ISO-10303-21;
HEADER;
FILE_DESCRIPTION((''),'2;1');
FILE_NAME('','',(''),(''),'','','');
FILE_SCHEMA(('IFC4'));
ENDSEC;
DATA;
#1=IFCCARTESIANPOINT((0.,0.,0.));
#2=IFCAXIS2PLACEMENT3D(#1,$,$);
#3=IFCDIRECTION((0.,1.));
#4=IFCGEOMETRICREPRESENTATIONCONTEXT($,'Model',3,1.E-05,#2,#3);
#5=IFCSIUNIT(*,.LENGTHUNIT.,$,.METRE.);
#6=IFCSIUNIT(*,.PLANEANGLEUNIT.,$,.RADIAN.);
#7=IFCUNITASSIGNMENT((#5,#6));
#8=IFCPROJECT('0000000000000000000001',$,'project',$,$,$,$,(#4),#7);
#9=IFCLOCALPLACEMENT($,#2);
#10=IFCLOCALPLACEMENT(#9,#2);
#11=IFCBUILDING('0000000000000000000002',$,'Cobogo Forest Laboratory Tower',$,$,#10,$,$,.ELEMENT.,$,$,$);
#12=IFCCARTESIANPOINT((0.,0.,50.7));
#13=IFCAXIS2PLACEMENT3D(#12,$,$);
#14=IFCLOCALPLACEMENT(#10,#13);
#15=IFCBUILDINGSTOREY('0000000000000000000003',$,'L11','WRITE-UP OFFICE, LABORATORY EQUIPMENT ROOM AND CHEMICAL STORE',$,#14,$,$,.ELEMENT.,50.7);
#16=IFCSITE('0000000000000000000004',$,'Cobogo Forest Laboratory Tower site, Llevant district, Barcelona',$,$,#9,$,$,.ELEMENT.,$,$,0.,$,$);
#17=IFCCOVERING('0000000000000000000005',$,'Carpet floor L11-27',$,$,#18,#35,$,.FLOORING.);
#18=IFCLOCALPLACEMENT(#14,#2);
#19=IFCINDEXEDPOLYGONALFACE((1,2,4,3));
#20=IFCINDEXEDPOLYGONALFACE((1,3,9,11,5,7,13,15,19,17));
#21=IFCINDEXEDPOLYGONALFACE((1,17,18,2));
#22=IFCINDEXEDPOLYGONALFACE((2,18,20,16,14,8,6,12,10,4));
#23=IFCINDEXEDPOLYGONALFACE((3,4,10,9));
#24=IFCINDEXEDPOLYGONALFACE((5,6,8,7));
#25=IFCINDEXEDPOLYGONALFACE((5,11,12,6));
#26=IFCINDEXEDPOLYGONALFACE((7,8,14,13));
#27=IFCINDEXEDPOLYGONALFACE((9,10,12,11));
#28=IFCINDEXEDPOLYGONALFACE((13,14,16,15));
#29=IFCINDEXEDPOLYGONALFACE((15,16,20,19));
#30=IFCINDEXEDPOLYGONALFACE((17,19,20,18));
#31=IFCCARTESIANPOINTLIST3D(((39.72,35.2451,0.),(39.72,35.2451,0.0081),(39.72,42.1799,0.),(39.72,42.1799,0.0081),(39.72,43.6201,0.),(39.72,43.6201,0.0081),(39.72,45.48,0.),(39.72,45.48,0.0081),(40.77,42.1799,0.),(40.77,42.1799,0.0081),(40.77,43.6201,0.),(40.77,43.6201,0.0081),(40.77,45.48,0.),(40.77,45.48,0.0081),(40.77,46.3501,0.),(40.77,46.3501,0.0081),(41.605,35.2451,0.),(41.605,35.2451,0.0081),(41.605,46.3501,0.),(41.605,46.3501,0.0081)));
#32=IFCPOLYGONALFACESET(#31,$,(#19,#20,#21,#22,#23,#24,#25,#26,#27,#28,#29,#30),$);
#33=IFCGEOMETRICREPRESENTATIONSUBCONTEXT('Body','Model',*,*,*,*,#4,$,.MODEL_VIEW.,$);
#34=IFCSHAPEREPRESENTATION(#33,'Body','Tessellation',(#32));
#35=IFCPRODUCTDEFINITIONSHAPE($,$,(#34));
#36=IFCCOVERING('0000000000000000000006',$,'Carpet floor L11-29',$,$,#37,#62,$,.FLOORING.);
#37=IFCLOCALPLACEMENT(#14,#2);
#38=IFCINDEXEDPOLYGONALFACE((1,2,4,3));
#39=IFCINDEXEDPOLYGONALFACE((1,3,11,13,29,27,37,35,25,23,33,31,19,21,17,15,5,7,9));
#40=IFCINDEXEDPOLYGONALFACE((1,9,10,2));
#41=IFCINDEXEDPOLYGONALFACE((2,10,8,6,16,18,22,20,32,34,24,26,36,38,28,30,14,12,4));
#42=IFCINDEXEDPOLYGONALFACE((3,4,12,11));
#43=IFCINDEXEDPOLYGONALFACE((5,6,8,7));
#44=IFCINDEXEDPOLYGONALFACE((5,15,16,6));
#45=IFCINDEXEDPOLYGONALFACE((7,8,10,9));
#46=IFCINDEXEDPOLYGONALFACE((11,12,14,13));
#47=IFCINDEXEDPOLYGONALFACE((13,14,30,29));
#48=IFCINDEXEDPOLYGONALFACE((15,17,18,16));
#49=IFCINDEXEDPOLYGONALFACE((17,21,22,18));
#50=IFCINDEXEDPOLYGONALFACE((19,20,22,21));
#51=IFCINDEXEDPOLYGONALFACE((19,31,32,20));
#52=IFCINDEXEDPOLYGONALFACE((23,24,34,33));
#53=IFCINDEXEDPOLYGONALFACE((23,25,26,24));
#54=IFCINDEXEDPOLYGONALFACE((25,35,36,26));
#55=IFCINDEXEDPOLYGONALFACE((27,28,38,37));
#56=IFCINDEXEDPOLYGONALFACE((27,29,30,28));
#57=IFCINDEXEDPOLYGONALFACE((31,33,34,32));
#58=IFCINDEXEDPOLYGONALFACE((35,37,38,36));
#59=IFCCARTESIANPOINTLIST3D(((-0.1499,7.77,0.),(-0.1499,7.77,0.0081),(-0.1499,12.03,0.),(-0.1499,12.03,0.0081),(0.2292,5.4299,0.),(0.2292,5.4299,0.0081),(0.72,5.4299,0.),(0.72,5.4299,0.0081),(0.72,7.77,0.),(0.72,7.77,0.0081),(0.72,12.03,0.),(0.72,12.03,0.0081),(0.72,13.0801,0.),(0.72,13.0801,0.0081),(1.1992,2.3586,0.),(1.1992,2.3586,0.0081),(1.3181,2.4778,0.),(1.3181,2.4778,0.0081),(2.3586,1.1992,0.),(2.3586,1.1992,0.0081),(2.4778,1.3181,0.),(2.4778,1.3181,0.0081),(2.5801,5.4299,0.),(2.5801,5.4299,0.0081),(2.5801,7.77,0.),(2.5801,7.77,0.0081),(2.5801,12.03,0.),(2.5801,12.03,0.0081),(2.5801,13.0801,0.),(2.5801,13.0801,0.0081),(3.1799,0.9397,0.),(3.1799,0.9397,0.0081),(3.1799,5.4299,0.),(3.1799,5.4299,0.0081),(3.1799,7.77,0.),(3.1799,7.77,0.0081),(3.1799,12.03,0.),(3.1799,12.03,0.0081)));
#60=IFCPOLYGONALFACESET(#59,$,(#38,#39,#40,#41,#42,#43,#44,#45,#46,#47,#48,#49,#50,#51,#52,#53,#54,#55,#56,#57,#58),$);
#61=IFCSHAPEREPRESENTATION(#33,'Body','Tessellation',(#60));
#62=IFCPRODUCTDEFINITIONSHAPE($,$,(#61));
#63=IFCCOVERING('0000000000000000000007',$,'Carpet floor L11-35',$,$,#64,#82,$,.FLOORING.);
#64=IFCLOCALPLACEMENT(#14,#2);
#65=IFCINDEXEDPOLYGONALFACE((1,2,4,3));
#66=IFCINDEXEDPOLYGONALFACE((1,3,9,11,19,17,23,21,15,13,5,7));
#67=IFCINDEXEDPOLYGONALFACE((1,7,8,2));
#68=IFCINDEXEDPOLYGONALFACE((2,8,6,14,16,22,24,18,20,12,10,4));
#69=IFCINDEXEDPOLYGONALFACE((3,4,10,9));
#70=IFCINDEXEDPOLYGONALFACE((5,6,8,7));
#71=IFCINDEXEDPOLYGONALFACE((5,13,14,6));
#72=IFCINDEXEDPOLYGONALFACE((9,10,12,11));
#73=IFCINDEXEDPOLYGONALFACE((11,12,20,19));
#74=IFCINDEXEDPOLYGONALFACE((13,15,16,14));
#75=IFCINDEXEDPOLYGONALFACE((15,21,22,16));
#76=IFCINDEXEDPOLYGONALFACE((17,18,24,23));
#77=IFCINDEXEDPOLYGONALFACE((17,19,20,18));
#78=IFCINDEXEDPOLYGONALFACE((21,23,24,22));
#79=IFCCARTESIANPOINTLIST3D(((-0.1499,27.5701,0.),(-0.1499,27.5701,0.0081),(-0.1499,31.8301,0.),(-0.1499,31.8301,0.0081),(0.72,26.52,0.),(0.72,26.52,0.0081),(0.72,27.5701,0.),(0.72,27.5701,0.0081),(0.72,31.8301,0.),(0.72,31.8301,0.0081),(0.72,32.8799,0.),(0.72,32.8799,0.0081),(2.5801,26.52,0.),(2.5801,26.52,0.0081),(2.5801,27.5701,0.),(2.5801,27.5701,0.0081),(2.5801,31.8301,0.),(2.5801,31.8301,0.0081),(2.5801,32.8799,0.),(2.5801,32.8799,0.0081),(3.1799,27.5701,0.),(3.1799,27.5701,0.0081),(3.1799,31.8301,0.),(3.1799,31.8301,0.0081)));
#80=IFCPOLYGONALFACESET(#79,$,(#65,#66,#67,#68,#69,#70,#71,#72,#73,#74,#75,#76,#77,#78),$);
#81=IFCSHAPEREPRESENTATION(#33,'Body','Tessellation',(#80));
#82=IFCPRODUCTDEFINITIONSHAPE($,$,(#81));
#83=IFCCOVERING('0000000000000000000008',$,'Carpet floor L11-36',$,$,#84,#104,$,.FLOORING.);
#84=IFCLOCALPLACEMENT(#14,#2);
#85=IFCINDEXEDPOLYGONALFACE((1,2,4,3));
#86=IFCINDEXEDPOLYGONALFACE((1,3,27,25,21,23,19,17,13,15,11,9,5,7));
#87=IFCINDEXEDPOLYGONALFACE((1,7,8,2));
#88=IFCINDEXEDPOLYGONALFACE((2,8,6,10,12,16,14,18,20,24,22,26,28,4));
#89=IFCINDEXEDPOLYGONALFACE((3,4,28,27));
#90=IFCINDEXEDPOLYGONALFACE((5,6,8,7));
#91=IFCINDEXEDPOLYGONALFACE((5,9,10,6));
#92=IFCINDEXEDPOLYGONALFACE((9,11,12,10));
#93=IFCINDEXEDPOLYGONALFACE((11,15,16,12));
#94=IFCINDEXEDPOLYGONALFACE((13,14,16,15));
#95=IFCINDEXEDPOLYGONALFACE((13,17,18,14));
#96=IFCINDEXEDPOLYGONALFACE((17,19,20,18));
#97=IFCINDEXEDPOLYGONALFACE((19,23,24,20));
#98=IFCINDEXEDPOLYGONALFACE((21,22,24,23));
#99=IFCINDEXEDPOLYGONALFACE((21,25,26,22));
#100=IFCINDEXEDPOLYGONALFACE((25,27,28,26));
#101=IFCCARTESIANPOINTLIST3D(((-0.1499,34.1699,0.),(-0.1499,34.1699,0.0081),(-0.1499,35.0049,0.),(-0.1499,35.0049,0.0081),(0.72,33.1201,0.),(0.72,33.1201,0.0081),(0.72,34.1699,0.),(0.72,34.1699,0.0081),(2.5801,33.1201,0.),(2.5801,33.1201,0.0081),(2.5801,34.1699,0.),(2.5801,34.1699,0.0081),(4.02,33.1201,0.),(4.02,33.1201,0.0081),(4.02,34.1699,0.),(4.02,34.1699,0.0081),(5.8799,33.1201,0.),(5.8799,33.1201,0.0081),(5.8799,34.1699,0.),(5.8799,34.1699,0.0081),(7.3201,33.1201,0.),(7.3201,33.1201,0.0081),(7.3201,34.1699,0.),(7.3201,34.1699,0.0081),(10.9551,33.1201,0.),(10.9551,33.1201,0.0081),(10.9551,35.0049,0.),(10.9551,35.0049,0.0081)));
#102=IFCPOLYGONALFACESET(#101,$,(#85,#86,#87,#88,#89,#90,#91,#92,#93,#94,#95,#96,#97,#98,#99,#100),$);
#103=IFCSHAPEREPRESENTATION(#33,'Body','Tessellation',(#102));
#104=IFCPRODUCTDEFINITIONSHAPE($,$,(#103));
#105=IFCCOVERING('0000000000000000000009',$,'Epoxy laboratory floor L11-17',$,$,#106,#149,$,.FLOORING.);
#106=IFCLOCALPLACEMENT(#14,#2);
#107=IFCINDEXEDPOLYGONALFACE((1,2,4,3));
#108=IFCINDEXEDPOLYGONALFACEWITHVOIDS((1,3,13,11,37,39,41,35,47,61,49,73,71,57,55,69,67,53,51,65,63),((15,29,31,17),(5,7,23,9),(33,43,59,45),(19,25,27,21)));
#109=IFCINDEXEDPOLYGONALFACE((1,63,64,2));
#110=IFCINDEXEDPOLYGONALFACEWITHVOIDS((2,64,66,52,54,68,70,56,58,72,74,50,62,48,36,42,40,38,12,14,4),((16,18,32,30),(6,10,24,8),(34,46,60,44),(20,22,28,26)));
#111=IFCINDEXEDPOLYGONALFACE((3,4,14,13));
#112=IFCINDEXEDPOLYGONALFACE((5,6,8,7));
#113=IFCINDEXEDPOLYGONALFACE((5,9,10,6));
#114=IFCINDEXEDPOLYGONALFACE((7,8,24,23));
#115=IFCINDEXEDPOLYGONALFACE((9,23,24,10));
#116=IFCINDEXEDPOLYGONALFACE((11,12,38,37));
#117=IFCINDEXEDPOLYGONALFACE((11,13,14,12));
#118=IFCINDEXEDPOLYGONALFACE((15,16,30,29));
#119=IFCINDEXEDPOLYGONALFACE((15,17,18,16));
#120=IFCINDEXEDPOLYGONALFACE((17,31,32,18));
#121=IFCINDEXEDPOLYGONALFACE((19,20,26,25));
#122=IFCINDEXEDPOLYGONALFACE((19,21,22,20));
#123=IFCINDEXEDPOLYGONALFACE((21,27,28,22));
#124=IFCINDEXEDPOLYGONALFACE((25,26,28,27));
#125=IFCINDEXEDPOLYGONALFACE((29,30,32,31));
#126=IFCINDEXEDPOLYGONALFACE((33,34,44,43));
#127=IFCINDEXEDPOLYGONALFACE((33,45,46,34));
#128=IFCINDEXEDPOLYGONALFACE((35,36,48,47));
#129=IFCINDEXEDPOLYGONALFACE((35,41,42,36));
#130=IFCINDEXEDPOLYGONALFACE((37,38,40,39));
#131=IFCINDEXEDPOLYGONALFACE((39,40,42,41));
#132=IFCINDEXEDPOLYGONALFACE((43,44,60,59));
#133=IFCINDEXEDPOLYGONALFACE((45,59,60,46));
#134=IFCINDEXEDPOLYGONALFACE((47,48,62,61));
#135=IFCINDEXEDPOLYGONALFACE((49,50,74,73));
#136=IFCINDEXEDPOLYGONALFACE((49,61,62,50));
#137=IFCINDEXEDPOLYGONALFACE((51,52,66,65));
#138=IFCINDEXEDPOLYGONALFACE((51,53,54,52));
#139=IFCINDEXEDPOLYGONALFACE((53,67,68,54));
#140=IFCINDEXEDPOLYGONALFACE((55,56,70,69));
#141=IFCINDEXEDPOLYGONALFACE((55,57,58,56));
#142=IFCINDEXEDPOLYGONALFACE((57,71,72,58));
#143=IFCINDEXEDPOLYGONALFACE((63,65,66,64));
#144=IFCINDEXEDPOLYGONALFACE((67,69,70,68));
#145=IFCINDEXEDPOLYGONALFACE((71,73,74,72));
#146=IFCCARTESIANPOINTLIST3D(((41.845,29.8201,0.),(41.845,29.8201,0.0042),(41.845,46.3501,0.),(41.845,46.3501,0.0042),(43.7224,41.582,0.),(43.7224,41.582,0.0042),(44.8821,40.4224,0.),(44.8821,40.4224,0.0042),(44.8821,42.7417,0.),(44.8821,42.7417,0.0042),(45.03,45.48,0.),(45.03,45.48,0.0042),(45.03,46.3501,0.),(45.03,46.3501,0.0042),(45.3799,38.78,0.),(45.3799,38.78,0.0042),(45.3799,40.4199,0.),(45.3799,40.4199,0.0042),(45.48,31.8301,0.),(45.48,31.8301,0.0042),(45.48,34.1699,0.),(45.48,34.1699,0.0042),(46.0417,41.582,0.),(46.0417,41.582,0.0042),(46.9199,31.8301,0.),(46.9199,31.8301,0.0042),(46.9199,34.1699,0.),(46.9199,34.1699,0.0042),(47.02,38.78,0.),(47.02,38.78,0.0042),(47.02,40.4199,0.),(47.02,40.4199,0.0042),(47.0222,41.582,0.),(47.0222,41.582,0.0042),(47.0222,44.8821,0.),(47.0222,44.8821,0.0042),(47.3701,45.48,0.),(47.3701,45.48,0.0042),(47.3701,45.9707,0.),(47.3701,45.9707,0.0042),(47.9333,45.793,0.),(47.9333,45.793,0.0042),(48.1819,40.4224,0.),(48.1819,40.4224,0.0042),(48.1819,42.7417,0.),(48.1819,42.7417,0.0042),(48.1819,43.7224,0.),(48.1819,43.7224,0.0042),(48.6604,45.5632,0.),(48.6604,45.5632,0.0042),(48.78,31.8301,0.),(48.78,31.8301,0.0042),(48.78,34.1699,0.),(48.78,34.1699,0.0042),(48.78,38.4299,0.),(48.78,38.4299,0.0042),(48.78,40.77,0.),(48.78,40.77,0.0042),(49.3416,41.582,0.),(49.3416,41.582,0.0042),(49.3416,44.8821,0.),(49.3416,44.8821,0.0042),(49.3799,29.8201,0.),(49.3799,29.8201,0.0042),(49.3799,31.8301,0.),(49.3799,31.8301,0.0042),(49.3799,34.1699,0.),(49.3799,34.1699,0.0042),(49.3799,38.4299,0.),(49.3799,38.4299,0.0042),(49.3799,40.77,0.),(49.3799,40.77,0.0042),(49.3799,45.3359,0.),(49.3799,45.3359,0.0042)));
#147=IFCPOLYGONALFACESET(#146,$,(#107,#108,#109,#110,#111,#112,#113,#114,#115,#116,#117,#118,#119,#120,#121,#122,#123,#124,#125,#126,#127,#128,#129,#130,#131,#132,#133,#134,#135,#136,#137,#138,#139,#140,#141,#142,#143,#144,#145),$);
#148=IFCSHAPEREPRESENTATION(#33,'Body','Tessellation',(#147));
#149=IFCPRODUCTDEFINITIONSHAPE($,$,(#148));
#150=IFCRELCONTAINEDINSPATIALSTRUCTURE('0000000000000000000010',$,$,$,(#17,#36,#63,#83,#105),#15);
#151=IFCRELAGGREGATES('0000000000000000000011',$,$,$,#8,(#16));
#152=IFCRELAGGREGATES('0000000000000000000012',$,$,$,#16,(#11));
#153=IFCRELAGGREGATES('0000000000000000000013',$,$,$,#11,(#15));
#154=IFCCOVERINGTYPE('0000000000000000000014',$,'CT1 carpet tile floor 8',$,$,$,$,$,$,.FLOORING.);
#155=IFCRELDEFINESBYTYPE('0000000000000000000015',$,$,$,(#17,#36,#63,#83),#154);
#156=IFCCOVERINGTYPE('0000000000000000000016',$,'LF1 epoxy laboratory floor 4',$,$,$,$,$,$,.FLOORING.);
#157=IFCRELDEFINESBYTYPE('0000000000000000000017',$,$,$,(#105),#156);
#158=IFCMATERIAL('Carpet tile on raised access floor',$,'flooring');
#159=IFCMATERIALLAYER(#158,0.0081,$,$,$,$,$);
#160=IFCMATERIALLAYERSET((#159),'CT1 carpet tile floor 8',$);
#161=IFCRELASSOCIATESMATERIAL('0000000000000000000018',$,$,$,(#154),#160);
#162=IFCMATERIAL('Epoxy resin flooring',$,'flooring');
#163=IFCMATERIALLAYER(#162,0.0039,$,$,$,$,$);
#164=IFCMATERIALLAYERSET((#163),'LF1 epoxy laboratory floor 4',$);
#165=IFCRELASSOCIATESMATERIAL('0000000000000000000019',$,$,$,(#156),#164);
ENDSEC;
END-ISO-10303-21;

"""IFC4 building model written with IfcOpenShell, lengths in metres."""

from ifc_helpers import new_model, si_unit, direction, frame, origin, place, context, subcontext, project, spatial, polyline, outline, extrude, material, layer, layer_set, type_object, element, save


model = new_model("IFC4")

# Units and contexts
model_context = context("Model", 3, precision=1e-05, world=origin(), true_north=direction((0.0, 1.0)))
body_context = subcontext(model_context, "Body", "Model", "MODEL_VIEW")
ifc_project = project(units=[si_unit("LENGTHUNIT", "METRE"), si_unit("PLANEANGLEUNIT", "RADIAN")], contexts=[model_context])

# Site, building, storey
site_placement = place(None, origin())
site = spatial("IfcSite", under=ifc_project, at=site_placement, Name="Cobogo Forest Laboratory Tower site, Llevant district, Barcelona", CompositionType="ELEMENT", RefElevation=0.0)
building_placement = place(site_placement, origin())
building = spatial("IfcBuilding", under=site, at=building_placement, Name="Cobogo Forest Laboratory Tower", CompositionType="ELEMENT")
storey_placement = place(building_placement, frame((0.0, 0.0, 50.7)))
storey = spatial("IfcBuildingStorey", under=building, at=storey_placement, Name="L11", Description="WRITE-UP OFFICE, LABORATORY EQUIPMENT ROOM AND CHEMICAL STORE", CompositionType="ELEMENT", Elevation=50.7)

# Coverings
ifc_material_1 = material(Name="Carpet tile on raised access floor", Category="flooring")
ifc_layer_1 = layer(ifc_material_1, 0.0081)
ifc_layer_set_1 = layer_set([ifc_layer_1], Name="CT1 carpet tile floor 8")
covering_type_1 = type_object("IfcCoveringType", Name="CT1 carpet tile floor 8", PredefinedType="FLOORING", material=ifc_layer_set_1)
covering_1_placement = place(storey_placement, origin())
element("IfcCovering", 1, at=covering_1_placement, inside=storey, type_object=covering_type_1, Name="Carpet floor L11-27", PredefinedType="FLOORING", context=body_context, shape_type="SweptSolid", body=[
    extrude(outline(polyline([(39.72, 35.2451), (39.72, 42.1799), (40.77, 42.1799), (40.77, 43.6201), (39.72, 43.6201), (39.72, 45.48), (40.77, 45.48), (40.77, 46.3501), (41.605, 46.3501), (41.605, 35.2451), (39.72, 35.2451)])), origin(), (0.0, 0.0, 1.0), 0.0081),
])
covering_2_placement = place(storey_placement, origin())
element("IfcCovering", 2, at=covering_2_placement, inside=storey, type_object=covering_type_1, Name="Carpet floor L11-29", PredefinedType="FLOORING", context=body_context, shape_type="SweptSolid", body=[
    extrude(outline(polyline([(3.1799, 7.77), (2.5801, 7.77), (2.5801, 5.4299), (3.1799, 5.4299), (3.1799, 0.9397), (2.3586, 1.1992), (2.4778, 1.3181), (1.3181, 2.4778), (1.1992, 2.3586), (0.2292, 5.4299), (0.72, 5.4299), (0.72, 7.77), (-0.1499, 7.77), (-0.1499, 12.03), (0.72, 12.03), (0.72, 13.0801), (2.5801, 13.0801), (2.5801, 12.03), (3.1799, 12.03), (3.1799, 7.77)])), origin(), (0.0, 0.0, 1.0), 0.0081),
])
covering_3_placement = place(storey_placement, origin())
element("IfcCovering", 3, at=covering_3_placement, inside=storey, type_object=covering_type_1, Name="Carpet floor L11-35", PredefinedType="FLOORING", context=body_context, shape_type="SweptSolid", body=[
    extrude(outline(polyline([(3.1799, 27.5701), (2.5801, 27.5701), (2.5801, 26.52), (0.72, 26.52), (0.72, 27.5701), (-0.1499, 27.5701), (-0.1499, 31.8301), (0.72, 31.8301), (0.72, 32.8799), (2.5801, 32.8799), (2.5801, 31.8301), (3.1799, 31.8301), (3.1799, 27.5701)])), origin(), (0.0, 0.0, 1.0), 0.0081),
])
covering_4_placement = place(storey_placement, origin())
element("IfcCovering", 4, at=covering_4_placement, inside=storey, type_object=covering_type_1, Name="Carpet floor L11-36", PredefinedType="FLOORING", context=body_context, shape_type="SweptSolid", body=[
    extrude(outline(polyline([(10.9551, 33.1201), (7.3201, 33.1201), (7.3201, 34.1699), (5.8799, 34.1699), (5.8799, 33.1201), (4.02, 33.1201), (4.02, 34.1699), (2.5801, 34.1699), (2.5801, 33.1201), (0.72, 33.1201), (0.72, 34.1699), (-0.1499, 34.1699), (-0.1499, 35.0049), (10.9551, 35.0049), (10.9551, 33.1201)])), origin(), (0.0, 0.0, 1.0), 0.0081),
])
ifc_material_2 = material(Name="Epoxy resin flooring", Category="flooring")
ifc_layer_2 = layer(ifc_material_2, 0.0039)
ifc_layer_set_2 = layer_set([ifc_layer_2], Name="LF1 epoxy laboratory floor 4")
covering_type_2 = type_object("IfcCoveringType", Name="LF1 epoxy laboratory floor 4", PredefinedType="FLOORING", material=ifc_layer_set_2)
covering_5_placement = place(storey_placement, origin())
element("IfcCovering", 5, at=covering_5_placement, inside=storey, type_object=covering_type_2, Name="Epoxy laboratory floor L11-17", PredefinedType="FLOORING", context=body_context, shape_type="SweptSolid", body=[
    extrude(outline(polyline([(41.845, 29.8201), (41.845, 46.3501), (45.03, 46.3501), (45.03, 45.48), (47.3701, 45.48), (47.3701, 45.9707), (47.9333, 45.793), (47.0222, 44.8821), (48.1819, 43.7224), (49.3416, 44.8821), (48.6604, 45.5632), (49.3799, 45.3359), (49.3799, 40.77), (48.78, 40.77), (48.78, 38.4299), (49.3799, 38.4299), (49.3799, 34.1699), (48.78, 34.1699), (48.78, 31.8301), (49.3799, 31.8301), (49.3799, 29.8201), (41.845, 29.8201)]), holes=[polyline([(47.0222, 41.582), (48.1819, 40.4224), (49.3416, 41.582), (48.1819, 42.7417), (47.0222, 41.582)]), polyline([(47.02, 40.4199), (45.3799, 40.4199), (45.3799, 38.78), (47.02, 38.78), (47.02, 40.4199)]), polyline([(45.48, 31.8301), (46.9199, 31.8301), (46.9199, 34.1699), (45.48, 34.1699), (45.48, 31.8301)]), polyline([(43.7224, 41.582), (44.8821, 40.4224), (46.0417, 41.582), (44.8821, 42.7417), (43.7224, 41.582)])]), origin(), (0.0, 0.0, 1.0), 0.0042),
])

save(model, "model.ifc")
